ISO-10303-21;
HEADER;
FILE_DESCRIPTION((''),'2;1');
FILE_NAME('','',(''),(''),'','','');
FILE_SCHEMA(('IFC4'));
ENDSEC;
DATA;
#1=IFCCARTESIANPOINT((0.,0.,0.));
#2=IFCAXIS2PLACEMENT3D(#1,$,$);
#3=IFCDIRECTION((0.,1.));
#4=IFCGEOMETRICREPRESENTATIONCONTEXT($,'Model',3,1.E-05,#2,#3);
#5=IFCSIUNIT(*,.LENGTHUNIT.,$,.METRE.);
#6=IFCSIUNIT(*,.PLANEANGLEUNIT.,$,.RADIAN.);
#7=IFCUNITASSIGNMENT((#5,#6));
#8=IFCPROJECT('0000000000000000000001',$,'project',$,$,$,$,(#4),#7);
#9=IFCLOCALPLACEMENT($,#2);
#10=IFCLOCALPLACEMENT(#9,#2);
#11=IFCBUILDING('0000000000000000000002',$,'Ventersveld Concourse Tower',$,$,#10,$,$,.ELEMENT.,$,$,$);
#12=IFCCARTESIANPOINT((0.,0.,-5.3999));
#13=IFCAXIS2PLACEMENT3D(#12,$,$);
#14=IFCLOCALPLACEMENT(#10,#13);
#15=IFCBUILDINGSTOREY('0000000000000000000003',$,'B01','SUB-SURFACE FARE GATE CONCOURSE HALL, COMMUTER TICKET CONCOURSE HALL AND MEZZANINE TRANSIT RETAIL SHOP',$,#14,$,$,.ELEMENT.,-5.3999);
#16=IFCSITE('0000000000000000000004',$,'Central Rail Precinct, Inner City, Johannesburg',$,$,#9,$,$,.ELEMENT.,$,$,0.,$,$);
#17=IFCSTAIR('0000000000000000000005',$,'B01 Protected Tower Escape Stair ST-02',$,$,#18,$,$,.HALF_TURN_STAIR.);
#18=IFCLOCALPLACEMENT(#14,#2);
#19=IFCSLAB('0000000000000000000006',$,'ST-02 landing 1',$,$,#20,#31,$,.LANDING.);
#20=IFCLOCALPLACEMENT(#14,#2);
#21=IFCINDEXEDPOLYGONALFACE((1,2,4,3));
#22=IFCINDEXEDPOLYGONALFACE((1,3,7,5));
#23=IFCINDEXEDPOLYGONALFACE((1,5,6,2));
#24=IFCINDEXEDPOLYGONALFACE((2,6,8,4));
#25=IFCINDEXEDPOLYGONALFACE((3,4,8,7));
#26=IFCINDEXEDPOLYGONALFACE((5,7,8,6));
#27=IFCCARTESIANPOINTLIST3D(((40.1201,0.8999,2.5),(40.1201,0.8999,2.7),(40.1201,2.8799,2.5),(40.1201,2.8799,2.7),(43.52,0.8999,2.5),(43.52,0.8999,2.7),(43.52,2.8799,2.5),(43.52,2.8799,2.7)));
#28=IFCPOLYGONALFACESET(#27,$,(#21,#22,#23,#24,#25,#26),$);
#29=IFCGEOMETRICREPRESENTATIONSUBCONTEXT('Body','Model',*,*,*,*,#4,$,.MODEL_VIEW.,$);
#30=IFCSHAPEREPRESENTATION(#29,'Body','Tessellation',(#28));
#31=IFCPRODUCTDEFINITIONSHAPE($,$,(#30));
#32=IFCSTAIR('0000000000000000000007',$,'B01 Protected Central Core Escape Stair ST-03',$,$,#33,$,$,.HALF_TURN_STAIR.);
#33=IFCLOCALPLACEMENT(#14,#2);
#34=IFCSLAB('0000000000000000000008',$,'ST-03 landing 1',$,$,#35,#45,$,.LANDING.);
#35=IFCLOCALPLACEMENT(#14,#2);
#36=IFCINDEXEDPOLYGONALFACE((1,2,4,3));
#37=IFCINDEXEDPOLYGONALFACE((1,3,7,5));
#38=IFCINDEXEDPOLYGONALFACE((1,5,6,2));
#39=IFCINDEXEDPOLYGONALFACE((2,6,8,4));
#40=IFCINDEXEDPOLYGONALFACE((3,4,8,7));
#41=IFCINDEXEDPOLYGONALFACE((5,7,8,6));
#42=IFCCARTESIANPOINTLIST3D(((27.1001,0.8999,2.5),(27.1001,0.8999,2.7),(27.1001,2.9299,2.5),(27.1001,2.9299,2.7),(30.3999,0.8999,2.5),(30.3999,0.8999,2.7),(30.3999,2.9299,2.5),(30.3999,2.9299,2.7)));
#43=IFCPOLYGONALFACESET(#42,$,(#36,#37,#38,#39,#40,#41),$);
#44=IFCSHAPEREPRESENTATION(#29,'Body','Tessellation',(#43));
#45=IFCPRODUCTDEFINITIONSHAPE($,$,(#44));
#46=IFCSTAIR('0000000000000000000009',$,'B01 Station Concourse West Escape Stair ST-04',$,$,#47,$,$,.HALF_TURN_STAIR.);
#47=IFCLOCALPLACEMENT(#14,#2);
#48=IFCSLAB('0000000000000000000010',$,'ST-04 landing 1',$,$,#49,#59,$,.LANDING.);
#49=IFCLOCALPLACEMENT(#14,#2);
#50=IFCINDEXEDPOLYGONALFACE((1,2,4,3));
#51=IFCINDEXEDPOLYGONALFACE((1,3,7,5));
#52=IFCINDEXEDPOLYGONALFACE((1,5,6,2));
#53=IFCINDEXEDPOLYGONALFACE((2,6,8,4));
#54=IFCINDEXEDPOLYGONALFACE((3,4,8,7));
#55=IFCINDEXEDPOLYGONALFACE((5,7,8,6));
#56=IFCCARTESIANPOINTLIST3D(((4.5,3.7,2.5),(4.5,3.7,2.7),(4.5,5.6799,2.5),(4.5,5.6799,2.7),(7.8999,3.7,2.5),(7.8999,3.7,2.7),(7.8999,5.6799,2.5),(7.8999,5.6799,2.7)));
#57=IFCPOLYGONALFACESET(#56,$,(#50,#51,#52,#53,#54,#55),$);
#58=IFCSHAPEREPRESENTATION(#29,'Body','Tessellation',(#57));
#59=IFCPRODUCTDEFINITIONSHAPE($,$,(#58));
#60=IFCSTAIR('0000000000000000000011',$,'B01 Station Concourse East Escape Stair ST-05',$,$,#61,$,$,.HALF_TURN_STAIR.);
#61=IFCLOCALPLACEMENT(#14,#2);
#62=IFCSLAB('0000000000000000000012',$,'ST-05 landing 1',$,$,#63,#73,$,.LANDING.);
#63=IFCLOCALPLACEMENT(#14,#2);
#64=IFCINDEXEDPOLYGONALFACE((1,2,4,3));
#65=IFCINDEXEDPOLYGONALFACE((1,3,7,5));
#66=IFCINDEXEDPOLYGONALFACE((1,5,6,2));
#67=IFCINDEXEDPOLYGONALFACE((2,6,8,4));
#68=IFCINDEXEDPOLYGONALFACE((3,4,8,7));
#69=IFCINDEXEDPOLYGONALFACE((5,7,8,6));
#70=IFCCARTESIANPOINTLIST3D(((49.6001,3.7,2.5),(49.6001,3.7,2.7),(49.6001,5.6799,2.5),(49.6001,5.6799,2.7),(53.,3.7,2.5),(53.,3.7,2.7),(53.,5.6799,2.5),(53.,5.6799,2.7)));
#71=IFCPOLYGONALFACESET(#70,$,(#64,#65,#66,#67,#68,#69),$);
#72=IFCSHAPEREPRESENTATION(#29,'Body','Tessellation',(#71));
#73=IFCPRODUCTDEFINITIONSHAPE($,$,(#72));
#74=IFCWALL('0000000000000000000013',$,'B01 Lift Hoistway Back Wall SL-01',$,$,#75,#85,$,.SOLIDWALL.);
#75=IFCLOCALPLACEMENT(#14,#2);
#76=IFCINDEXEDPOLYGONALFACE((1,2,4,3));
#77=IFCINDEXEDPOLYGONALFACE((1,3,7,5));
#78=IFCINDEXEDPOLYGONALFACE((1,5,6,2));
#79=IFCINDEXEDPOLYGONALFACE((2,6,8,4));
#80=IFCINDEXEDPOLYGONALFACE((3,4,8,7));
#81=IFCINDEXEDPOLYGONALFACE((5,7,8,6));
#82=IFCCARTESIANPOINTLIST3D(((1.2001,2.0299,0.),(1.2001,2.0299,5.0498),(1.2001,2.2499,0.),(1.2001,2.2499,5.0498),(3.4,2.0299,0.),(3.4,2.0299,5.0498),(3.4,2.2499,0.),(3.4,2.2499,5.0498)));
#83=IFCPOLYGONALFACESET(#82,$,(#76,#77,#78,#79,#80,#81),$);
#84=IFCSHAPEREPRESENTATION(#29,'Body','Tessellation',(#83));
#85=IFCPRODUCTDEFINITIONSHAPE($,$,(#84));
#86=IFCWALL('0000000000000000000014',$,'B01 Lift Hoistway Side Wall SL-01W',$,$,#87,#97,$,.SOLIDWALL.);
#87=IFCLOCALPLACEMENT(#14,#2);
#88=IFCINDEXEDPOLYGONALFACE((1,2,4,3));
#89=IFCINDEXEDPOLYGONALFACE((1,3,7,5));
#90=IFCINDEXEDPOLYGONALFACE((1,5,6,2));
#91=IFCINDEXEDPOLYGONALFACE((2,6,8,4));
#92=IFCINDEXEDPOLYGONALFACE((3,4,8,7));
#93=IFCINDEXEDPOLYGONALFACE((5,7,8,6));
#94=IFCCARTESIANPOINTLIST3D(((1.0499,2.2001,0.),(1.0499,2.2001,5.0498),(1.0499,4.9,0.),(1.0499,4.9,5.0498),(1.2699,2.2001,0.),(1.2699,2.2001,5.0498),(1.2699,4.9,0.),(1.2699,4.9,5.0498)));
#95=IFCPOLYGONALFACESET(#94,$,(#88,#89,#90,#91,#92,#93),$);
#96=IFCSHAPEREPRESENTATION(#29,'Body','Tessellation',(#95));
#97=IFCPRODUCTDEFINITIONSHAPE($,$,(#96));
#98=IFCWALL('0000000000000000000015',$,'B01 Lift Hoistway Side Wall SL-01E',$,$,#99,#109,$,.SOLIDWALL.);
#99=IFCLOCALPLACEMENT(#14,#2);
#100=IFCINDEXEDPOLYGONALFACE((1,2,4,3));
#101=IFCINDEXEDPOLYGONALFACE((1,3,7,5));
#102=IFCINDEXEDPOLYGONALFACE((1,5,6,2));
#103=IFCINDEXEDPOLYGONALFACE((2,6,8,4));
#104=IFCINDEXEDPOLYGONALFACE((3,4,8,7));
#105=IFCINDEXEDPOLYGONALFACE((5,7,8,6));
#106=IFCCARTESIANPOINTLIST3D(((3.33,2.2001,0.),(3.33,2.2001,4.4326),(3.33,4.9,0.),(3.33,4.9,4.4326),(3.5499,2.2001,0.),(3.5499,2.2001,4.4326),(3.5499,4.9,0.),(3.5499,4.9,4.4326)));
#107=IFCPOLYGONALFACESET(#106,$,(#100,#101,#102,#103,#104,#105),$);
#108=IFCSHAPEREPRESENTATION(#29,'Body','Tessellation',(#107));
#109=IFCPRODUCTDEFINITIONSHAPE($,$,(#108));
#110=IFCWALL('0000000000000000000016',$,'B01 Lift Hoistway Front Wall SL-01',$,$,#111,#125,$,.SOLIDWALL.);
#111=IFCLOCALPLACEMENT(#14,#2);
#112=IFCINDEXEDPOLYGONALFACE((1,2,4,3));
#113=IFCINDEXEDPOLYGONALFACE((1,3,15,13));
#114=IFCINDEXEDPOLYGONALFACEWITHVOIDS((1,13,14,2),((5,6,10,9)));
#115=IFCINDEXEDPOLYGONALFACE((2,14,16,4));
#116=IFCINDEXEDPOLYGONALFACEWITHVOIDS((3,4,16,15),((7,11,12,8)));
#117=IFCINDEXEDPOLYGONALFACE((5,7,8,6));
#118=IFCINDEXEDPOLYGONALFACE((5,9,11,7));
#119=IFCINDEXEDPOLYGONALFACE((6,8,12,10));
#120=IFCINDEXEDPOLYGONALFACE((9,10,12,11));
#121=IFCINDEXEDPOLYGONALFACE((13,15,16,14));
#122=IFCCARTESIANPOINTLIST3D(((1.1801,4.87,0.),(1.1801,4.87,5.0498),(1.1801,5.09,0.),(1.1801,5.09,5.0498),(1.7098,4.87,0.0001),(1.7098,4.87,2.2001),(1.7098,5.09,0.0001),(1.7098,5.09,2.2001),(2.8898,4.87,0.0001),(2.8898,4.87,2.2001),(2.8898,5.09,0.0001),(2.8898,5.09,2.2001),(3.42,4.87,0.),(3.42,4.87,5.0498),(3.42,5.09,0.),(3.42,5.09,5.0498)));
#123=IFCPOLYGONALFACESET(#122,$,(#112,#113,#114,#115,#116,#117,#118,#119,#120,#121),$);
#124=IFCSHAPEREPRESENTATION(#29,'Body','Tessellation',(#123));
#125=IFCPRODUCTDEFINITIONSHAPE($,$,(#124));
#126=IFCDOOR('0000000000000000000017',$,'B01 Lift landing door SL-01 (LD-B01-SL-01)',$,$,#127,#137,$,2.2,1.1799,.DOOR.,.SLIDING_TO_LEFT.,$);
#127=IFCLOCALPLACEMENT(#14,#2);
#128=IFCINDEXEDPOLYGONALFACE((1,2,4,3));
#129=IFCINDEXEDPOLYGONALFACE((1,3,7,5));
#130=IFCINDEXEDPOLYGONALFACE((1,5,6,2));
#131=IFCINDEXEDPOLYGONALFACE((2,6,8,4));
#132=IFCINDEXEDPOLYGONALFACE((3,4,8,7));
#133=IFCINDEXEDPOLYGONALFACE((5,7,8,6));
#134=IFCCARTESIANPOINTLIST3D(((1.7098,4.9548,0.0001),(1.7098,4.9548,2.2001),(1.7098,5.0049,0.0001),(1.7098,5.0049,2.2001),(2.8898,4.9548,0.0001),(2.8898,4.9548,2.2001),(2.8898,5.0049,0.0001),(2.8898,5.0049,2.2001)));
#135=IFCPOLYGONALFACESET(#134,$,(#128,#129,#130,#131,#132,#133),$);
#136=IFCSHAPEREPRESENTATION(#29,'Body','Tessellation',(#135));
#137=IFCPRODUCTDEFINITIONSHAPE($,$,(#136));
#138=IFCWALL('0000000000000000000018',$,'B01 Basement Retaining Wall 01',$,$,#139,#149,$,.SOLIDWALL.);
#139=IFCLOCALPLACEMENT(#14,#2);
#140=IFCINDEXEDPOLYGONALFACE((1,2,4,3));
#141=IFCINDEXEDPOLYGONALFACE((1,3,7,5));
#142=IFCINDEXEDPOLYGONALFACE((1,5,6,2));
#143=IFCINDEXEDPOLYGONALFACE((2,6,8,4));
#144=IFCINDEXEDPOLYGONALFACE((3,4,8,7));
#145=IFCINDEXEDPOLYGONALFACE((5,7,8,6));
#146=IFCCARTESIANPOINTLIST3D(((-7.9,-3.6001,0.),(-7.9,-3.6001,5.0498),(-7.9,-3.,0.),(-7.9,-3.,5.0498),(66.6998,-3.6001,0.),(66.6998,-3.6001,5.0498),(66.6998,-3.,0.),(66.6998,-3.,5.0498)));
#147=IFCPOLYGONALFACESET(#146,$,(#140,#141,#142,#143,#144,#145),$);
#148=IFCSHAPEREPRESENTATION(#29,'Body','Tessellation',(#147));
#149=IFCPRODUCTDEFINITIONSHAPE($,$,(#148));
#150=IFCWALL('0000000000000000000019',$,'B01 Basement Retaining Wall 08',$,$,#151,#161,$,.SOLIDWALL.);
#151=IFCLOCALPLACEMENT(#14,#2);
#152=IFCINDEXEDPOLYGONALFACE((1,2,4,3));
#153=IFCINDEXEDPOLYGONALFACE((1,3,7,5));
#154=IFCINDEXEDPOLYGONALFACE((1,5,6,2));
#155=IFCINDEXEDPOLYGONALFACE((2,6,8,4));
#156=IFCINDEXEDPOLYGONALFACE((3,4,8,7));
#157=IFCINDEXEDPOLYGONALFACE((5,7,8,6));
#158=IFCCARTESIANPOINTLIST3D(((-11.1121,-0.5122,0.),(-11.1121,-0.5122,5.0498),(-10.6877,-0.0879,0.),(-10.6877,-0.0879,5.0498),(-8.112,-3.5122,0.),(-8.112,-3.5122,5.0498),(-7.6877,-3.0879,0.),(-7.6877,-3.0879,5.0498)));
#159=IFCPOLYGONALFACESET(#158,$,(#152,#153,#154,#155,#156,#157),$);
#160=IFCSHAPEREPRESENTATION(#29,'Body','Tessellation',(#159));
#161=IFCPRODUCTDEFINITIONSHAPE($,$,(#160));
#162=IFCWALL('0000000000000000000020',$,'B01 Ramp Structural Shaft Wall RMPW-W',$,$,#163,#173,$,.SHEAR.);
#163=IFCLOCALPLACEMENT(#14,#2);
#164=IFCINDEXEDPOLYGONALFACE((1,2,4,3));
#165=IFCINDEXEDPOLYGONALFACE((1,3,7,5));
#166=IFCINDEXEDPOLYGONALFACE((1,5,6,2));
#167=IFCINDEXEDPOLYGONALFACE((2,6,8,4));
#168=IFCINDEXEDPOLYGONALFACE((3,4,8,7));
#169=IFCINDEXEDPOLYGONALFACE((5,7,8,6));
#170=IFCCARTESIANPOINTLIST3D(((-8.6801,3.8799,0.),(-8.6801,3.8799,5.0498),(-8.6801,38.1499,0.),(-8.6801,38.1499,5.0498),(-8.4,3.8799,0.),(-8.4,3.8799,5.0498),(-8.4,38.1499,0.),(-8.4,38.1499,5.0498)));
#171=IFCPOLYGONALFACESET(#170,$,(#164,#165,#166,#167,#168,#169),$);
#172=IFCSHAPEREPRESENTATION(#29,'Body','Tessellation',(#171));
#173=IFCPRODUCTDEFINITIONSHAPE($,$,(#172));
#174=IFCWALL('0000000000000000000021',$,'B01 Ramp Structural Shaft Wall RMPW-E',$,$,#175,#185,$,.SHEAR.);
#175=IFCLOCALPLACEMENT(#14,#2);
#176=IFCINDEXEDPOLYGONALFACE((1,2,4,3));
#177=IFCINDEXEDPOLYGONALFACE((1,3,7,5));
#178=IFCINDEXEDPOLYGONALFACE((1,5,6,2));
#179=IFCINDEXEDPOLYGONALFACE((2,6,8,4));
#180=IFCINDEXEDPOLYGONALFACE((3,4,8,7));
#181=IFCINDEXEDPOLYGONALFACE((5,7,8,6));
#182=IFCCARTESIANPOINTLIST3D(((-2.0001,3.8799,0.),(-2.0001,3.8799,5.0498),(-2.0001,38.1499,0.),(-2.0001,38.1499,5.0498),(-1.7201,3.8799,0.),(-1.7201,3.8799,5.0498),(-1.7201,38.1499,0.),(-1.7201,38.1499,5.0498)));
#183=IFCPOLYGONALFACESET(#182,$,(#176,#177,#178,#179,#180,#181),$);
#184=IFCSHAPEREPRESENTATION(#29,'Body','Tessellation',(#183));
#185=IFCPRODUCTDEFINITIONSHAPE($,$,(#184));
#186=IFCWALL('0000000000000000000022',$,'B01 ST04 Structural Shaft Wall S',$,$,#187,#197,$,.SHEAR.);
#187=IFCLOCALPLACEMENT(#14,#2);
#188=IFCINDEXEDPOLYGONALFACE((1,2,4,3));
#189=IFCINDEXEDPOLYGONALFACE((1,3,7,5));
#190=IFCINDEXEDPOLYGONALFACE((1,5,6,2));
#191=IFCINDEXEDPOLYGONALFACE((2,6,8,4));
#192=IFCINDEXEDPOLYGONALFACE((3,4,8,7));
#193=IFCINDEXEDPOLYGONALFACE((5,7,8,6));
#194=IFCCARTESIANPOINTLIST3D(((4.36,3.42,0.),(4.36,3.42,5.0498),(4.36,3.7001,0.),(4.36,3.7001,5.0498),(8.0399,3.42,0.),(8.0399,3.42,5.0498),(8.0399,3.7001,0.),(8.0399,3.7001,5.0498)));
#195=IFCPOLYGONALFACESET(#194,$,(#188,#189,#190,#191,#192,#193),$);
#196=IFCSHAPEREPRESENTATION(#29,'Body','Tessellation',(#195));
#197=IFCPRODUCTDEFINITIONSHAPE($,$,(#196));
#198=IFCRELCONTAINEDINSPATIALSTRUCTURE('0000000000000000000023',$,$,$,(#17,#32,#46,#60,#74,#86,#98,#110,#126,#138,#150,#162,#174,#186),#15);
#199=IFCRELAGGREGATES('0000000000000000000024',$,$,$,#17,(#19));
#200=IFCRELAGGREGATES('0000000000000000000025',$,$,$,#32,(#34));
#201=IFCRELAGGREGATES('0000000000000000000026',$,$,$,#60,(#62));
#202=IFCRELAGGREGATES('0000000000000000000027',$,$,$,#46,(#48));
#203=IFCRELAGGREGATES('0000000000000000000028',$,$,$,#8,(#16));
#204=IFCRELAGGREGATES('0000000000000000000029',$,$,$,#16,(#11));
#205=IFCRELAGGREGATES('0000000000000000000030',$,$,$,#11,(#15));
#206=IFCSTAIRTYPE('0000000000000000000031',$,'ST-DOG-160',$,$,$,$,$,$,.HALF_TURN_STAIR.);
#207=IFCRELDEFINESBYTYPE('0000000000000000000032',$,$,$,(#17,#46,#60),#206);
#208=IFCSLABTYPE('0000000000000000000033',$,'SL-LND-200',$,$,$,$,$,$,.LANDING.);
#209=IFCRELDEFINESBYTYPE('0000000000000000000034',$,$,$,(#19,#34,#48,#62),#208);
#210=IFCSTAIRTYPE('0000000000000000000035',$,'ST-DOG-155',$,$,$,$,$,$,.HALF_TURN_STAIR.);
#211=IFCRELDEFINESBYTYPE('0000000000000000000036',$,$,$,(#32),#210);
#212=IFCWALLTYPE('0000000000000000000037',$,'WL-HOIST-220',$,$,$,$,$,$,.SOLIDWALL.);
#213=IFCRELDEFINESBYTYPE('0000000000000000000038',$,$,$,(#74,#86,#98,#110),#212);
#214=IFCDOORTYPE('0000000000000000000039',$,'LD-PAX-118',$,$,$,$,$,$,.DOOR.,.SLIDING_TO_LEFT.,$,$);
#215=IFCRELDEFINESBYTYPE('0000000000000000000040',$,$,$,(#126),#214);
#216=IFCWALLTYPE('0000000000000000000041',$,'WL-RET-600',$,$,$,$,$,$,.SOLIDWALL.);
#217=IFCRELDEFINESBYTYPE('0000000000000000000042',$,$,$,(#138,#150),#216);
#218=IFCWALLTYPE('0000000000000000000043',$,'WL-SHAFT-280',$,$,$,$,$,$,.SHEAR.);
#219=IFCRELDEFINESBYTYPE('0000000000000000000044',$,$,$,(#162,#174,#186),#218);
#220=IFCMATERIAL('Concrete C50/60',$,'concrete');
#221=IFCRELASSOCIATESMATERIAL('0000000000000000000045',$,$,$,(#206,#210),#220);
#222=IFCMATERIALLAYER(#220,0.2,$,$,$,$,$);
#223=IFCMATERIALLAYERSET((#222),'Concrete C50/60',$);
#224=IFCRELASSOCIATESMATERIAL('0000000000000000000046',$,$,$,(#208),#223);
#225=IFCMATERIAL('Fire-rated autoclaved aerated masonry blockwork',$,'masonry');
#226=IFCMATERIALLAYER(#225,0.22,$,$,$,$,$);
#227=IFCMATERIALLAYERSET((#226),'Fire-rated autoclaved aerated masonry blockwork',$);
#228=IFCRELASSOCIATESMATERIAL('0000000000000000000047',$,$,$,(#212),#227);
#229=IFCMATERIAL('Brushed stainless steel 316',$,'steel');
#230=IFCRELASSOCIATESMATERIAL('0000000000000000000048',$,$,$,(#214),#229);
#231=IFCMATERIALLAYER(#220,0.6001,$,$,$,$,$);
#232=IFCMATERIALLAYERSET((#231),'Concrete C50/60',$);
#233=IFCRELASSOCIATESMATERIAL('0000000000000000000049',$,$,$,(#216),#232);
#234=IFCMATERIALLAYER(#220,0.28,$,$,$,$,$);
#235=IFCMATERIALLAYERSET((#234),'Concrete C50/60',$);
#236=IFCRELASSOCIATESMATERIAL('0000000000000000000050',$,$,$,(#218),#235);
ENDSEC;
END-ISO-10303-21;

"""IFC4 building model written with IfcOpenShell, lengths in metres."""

from ifc_helpers import new_model, si_unit, direction, frame, frame_2d, origin, place, context, subcontext, project, spatial, polyline, rectangle, outline, extrude, material, layer, layer_set, type_object, element, fill, aggregate, save


model = new_model("IFC4")

# Units and contexts
model_context = context("Model", 3, precision=1e-05, world=origin(), true_north=direction((0.0, 1.0)))
body_context = subcontext(model_context, "Body", "Model", "MODEL_VIEW")
ifc_project = project(units=[si_unit("LENGTHUNIT", "METRE"), si_unit("PLANEANGLEUNIT", "RADIAN")], contexts=[model_context])

# Site, building, storey
site_placement = place(None, origin())
site = spatial("IfcSite", under=ifc_project, at=site_placement, Name="Central Rail Precinct, Inner City, Johannesburg", CompositionType="ELEMENT", RefElevation=0.0)
building_placement = place(site_placement, origin())
building = spatial("IfcBuilding", under=site, at=building_placement, Name="Ventersveld Concourse Tower", CompositionType="ELEMENT")
storey_placement = place(building_placement, frame((0.0, 0.0, -5.3999)))
storey = spatial("IfcBuildingStorey", under=building, at=storey_placement, Name="B01", Description="SUB-SURFACE FARE GATE CONCOURSE HALL, COMMUTER TICKET CONCOURSE HALL AND MEZZANINE TRANSIT RETAIL SHOP", CompositionType="ELEMENT", Elevation=-5.3999)

# Shared definitions
ifc_material_1 = material(Name="Concrete C50/60", Category="concrete")

# Stairs, slabs
stair_type_1 = type_object("IfcStairType", Name="ST-DOG-160", PredefinedType="HALF_TURN_STAIR", material=ifc_material_1)
ifc_layer_1 = layer(ifc_material_1, 0.2)
ifc_layer_set_1 = layer_set([ifc_layer_1], Name="Concrete C50/60")
slab_type_1 = type_object("IfcSlabType", Name="SL-LND-200", PredefinedType="LANDING", material=ifc_layer_set_1)
stair_1_placement = place(storey_placement, origin())
stair_1 = element("IfcStair", 1, at=stair_1_placement, inside=storey, type_object=stair_type_1, Name="B01 Protected Tower Escape Stair ST-02", PredefinedType="HALF_TURN_STAIR")
slab_1_placement = place(storey_placement, frame((0.0, 0.0, 2.5)))
slab_1 = element("IfcSlab", 2, at=slab_1_placement, type_object=slab_type_1, Name="ST-02 landing 1", PredefinedType="LANDING", context=body_context, shape_type="SweptSolid", body=[
    extrude(outline(polyline([(40.1201, 2.8799), (40.1201, 0.8999), (43.52, 0.8999), (43.52, 2.8799), (40.1201, 2.8799)])), origin(), (0.0, 0.0, 1.0), 0.2),
])
aggregate(stair_1, [slab_1])
stair_type_2 = type_object("IfcStairType", Name="ST-DOG-155", PredefinedType="HALF_TURN_STAIR", material=ifc_material_1)
stair_2_placement = place(storey_placement, origin())
stair_2 = element("IfcStair", 3, at=stair_2_placement, inside=storey, type_object=stair_type_2, Name="B01 Protected Central Core Escape Stair ST-03", PredefinedType="HALF_TURN_STAIR")
slab_2_placement = place(storey_placement, frame((0.0, 0.0, 2.5)))
slab_2 = element("IfcSlab", 4, at=slab_2_placement, type_object=slab_type_1, Name="ST-03 landing 1", PredefinedType="LANDING", context=body_context, shape_type="SweptSolid", body=[
    extrude(outline(polyline([(27.1001, 2.9299), (27.1001, 0.8999), (30.3999, 0.8999), (30.3999, 2.9299), (27.1001, 2.9299)])), origin(), (0.0, 0.0, 1.0), 0.2),
])
aggregate(stair_2, [slab_2])
stair_3_placement = place(storey_placement, origin())
stair_3 = element("IfcStair", 5, at=stair_3_placement, inside=storey, type_object=stair_type_1, Name="B01 Station Concourse West Escape Stair ST-04", PredefinedType="HALF_TURN_STAIR")
slab_3_placement = place(storey_placement, frame((0.0, 0.0, 2.5)))
slab_3 = element("IfcSlab", 6, at=slab_3_placement, type_object=slab_type_1, Name="ST-04 landing 1", PredefinedType="LANDING", context=body_context, shape_type="SweptSolid", body=[
    extrude(outline(polyline([(4.5, 5.6799), (4.5, 3.7), (7.8999, 3.7), (7.8999, 5.6799), (4.5, 5.6799)])), origin(), (0.0, 0.0, 1.0), 0.2),
])
stair_4_placement = place(storey_placement, origin())
stair_4 = element("IfcStair", 7, at=stair_4_placement, inside=storey, type_object=stair_type_1, Name="B01 Station Concourse East Escape Stair ST-05", PredefinedType="HALF_TURN_STAIR")
slab_4_placement = place(storey_placement, frame((0.0, 0.0, 2.5)))
slab_4 = element("IfcSlab", 8, at=slab_4_placement, type_object=slab_type_1, Name="ST-05 landing 1", PredefinedType="LANDING", context=body_context, shape_type="SweptSolid", body=[
    extrude(outline(polyline([(49.6001, 5.6799), (49.6001, 3.7), (53.0, 3.7), (53.0, 5.6799), (49.6001, 5.6799)])), origin(), (0.0, 0.0, 1.0), 0.2),
])
aggregate(stair_4, [slab_4])

# Walls
ifc_material_2 = material(Name="Fire-rated autoclaved aerated masonry blockwork", Category="masonry")
ifc_layer_2 = layer(ifc_material_2, 0.22)
ifc_layer_set_2 = layer_set([ifc_layer_2], Name="Fire-rated autoclaved aerated masonry blockwork")
wall_type_1 = type_object("IfcWallType", Name="WL-HOIST-220", PredefinedType="SOLIDWALL", material=ifc_layer_set_2)
wall_1_placement = place(storey_placement, frame((1.2, 2.1399, 0.0), z_axis=(0.0, 0.0, 1.0), x_axis=(1.0, 0.0, 0.0)))
element("IfcWall", 9, at=wall_1_placement, inside=storey, type_object=wall_type_1, Name="B01 Lift Hoistway Back Wall SL-01", PredefinedType="SOLIDWALL", context=body_context, shape_type="SweptSolid", body=[
    extrude(rectangle(XDim=2.2, YDim=0.22, at=frame_2d((1.1001, 0.0))), origin(), (0.0, 0.0, 1.0), 5.0498),
])
wall_2_placement = place(storey_placement, frame((1.1599, 2.2, 0.0), z_axis=(0.0, 0.0, 1.0), x_axis=(0.0, 1.0, 0.0)))
element("IfcWall", 10, at=wall_2_placement, inside=storey, type_object=wall_type_1, Name="B01 Lift Hoistway Side Wall SL-01W", PredefinedType="SOLIDWALL", context=body_context, shape_type="SweptSolid", body=[
    extrude(rectangle(XDim=2.7, YDim=0.22, at=frame_2d((1.3501, 0.0))), origin(), (0.0, 0.0, 1.0), 5.0498),
])
wall_3_placement = place(storey_placement, frame((3.4399, 2.2, 0.0), z_axis=(0.0, 0.0, 1.0), x_axis=(0.0, 1.0, 0.0)))
element("IfcWall", 11, at=wall_3_placement, inside=storey, type_object=wall_type_1, Name="B01 Lift Hoistway Side Wall SL-01E", PredefinedType="SOLIDWALL", context=body_context, shape_type="SweptSolid", body=[
    extrude(rectangle(XDim=2.7, YDim=0.22, at=frame_2d((1.3501, 0.0))), origin(), (0.0, 0.0, 1.0), 4.4326),
])

# Wall, opening, door
wall_4_placement = place(storey_placement, frame((1.1799, 4.98, 0.0), z_axis=(0.0, 0.0, 1.0), x_axis=(1.0, 0.0, 0.0)))
wall_4 = element("IfcWall", 12, at=wall_4_placement, inside=storey, type_object=wall_type_1, Name="B01 Lift Hoistway Front Wall SL-01", PredefinedType="SOLIDWALL", context=body_context, shape_type="SweptSolid", body=[
    extrude(rectangle(XDim=2.24, YDim=0.22, at=frame_2d((1.1201, 0.0))), origin(), (0.0, 0.0, 1.0), 5.0498),
])
opening_placement = place(wall_4_placement, frame((0.53, 0.0, 0.0)))
opening = element("IfcOpeningElement", 13, at=opening_placement, cuts=wall_4, PredefinedType="OPENING", context=body_context, shape_type="SweptSolid", body=[
    extrude(rectangle(XDim=1.1799, YDim=2.2, at=frame_2d((0.5898, 1.1001))), frame((0.0, 0.1201, 0.0), z_axis=(0.0, -1.0, 0.0), x_axis=(1.0, 0.0, 0.0)), (0.0, 0.0, 1.0), 0.24),
])
ifc_material_3 = material(Name="Brushed stainless steel 316", Category="steel")
door_type = type_object("IfcDoorType", Name="LD-PAX-118", OperationType="SLIDING_TO_LEFT", PredefinedType="DOOR", material=ifc_material_3)
door_placement = place(opening_placement, origin())
door = element("IfcDoor", 14, at=door_placement, inside=storey, type_object=door_type, Name="B01 Lift landing door SL-01 (LD-B01-SL-01)", OperationType="SLIDING_TO_LEFT", OverallHeight=2.2, OverallWidth=1.1799, PredefinedType="DOOR", context=body_context, shape_type="SweptSolid", body=[
    extrude(rectangle(XDim=1.1799, YDim=2.2, at=frame_2d((0.5898, 1.1001))), frame((0.0, 0.0249, 0.0), z_axis=(0.0, -1.0, 0.0), x_axis=(1.0, 0.0, 0.0)), (0.0, 0.0, 1.0), 0.05),
])
fill(opening, door)

# Walls
ifc_layer_3 = layer(ifc_material_1, 0.6001)
ifc_layer_set_3 = layer_set([ifc_layer_3], Name="Concrete C50/60")
wall_type_2 = type_object("IfcWallType", Name="WL-RET-600", PredefinedType="SOLIDWALL", material=ifc_layer_set_3)
wall_5_placement = place(storey_placement, frame((-7.8999, -3.3, 0.0), z_axis=(0.0, 0.0, 1.0), x_axis=(1.0, 0.0, 0.0)))
element("IfcWall", 15, at=wall_5_placement, inside=storey, type_object=wall_type_2, Name="B01 Basement Retaining Wall 01", PredefinedType="SOLIDWALL", context=body_context, shape_type="SweptSolid", body=[
    extrude(rectangle(XDim=74.5999, YDim=0.6001, at=frame_2d((37.2998, 0.0))), origin(), (0.0, 0.0, 1.0), 5.0498),
])
wall_6_placement = place(storey_placement, frame((-10.8999, -0.3, 0.0), z_axis=(0.0, 0.0, 1.0), x_axis=(0.707107, -0.707107, 0.0)))
element("IfcWall", 16, at=wall_6_placement, inside=storey, type_object=wall_type_2, Name="B01 Basement Retaining Wall 08", PredefinedType="SOLIDWALL", context=body_context, shape_type="SweptSolid", body=[
    extrude(rectangle(XDim=4.2427, YDim=0.6001, at=frame_2d((2.1213, 0.0))), origin(), (0.0, 0.0, 1.0), 5.0498),
])
ifc_layer_4 = layer(ifc_material_1, 0.28)
ifc_layer_set_4 = layer_set([ifc_layer_4], Name="Concrete C50/60")
wall_type_3 = type_object("IfcWallType", Name="WL-SHAFT-280", PredefinedType="SHEAR", material=ifc_layer_set_4)
for number, where, z_axis, x_axis, name in (
    (17, (-8.54, 3.8799, 0.0), (0.0, 0.0, 1.0), (0.0, 1.0, 0.0), "B01 Ramp Structural Shaft Wall RMPW-W"),
    (18, (-1.8601, 3.8799, 0.0), (0.0, 0.0, 1.0), (0.0, 1.0, 0.0), "B01 Ramp Structural Shaft Wall RMPW-E"),
):
    element("IfcWall", number, at=place(storey_placement, frame(where, z_axis=z_axis, x_axis=x_axis)), inside=storey, type_object=wall_type_3, Name=name, PredefinedType="SHEAR", context=body_context, shape_type="SweptSolid", body=[
        extrude(rectangle(XDim=34.27, YDim=0.28, at=frame_2d((17.135, 0.0))), origin(), (0.0, 0.0, 1.0), 5.0498),
    ])
wall_7_placement = place(storey_placement, frame((4.3601, 3.5601, 0.0), z_axis=(0.0, 0.0, 1.0), x_axis=(1.0, 0.0, 0.0)))
element("IfcWall", 19, at=wall_7_placement, inside=storey, type_object=wall_type_3, Name="B01 ST04 Structural Shaft Wall S", PredefinedType="SHEAR", context=body_context, shape_type="SweptSolid", body=[
    extrude(rectangle(XDim=3.6799, YDim=0.28, at=frame_2d((1.8398, 0.0))), origin(), (0.0, 0.0, 1.0), 5.0498),
])

aggregate(stair_3, [slab_3])

save(model, "model.ifc")
